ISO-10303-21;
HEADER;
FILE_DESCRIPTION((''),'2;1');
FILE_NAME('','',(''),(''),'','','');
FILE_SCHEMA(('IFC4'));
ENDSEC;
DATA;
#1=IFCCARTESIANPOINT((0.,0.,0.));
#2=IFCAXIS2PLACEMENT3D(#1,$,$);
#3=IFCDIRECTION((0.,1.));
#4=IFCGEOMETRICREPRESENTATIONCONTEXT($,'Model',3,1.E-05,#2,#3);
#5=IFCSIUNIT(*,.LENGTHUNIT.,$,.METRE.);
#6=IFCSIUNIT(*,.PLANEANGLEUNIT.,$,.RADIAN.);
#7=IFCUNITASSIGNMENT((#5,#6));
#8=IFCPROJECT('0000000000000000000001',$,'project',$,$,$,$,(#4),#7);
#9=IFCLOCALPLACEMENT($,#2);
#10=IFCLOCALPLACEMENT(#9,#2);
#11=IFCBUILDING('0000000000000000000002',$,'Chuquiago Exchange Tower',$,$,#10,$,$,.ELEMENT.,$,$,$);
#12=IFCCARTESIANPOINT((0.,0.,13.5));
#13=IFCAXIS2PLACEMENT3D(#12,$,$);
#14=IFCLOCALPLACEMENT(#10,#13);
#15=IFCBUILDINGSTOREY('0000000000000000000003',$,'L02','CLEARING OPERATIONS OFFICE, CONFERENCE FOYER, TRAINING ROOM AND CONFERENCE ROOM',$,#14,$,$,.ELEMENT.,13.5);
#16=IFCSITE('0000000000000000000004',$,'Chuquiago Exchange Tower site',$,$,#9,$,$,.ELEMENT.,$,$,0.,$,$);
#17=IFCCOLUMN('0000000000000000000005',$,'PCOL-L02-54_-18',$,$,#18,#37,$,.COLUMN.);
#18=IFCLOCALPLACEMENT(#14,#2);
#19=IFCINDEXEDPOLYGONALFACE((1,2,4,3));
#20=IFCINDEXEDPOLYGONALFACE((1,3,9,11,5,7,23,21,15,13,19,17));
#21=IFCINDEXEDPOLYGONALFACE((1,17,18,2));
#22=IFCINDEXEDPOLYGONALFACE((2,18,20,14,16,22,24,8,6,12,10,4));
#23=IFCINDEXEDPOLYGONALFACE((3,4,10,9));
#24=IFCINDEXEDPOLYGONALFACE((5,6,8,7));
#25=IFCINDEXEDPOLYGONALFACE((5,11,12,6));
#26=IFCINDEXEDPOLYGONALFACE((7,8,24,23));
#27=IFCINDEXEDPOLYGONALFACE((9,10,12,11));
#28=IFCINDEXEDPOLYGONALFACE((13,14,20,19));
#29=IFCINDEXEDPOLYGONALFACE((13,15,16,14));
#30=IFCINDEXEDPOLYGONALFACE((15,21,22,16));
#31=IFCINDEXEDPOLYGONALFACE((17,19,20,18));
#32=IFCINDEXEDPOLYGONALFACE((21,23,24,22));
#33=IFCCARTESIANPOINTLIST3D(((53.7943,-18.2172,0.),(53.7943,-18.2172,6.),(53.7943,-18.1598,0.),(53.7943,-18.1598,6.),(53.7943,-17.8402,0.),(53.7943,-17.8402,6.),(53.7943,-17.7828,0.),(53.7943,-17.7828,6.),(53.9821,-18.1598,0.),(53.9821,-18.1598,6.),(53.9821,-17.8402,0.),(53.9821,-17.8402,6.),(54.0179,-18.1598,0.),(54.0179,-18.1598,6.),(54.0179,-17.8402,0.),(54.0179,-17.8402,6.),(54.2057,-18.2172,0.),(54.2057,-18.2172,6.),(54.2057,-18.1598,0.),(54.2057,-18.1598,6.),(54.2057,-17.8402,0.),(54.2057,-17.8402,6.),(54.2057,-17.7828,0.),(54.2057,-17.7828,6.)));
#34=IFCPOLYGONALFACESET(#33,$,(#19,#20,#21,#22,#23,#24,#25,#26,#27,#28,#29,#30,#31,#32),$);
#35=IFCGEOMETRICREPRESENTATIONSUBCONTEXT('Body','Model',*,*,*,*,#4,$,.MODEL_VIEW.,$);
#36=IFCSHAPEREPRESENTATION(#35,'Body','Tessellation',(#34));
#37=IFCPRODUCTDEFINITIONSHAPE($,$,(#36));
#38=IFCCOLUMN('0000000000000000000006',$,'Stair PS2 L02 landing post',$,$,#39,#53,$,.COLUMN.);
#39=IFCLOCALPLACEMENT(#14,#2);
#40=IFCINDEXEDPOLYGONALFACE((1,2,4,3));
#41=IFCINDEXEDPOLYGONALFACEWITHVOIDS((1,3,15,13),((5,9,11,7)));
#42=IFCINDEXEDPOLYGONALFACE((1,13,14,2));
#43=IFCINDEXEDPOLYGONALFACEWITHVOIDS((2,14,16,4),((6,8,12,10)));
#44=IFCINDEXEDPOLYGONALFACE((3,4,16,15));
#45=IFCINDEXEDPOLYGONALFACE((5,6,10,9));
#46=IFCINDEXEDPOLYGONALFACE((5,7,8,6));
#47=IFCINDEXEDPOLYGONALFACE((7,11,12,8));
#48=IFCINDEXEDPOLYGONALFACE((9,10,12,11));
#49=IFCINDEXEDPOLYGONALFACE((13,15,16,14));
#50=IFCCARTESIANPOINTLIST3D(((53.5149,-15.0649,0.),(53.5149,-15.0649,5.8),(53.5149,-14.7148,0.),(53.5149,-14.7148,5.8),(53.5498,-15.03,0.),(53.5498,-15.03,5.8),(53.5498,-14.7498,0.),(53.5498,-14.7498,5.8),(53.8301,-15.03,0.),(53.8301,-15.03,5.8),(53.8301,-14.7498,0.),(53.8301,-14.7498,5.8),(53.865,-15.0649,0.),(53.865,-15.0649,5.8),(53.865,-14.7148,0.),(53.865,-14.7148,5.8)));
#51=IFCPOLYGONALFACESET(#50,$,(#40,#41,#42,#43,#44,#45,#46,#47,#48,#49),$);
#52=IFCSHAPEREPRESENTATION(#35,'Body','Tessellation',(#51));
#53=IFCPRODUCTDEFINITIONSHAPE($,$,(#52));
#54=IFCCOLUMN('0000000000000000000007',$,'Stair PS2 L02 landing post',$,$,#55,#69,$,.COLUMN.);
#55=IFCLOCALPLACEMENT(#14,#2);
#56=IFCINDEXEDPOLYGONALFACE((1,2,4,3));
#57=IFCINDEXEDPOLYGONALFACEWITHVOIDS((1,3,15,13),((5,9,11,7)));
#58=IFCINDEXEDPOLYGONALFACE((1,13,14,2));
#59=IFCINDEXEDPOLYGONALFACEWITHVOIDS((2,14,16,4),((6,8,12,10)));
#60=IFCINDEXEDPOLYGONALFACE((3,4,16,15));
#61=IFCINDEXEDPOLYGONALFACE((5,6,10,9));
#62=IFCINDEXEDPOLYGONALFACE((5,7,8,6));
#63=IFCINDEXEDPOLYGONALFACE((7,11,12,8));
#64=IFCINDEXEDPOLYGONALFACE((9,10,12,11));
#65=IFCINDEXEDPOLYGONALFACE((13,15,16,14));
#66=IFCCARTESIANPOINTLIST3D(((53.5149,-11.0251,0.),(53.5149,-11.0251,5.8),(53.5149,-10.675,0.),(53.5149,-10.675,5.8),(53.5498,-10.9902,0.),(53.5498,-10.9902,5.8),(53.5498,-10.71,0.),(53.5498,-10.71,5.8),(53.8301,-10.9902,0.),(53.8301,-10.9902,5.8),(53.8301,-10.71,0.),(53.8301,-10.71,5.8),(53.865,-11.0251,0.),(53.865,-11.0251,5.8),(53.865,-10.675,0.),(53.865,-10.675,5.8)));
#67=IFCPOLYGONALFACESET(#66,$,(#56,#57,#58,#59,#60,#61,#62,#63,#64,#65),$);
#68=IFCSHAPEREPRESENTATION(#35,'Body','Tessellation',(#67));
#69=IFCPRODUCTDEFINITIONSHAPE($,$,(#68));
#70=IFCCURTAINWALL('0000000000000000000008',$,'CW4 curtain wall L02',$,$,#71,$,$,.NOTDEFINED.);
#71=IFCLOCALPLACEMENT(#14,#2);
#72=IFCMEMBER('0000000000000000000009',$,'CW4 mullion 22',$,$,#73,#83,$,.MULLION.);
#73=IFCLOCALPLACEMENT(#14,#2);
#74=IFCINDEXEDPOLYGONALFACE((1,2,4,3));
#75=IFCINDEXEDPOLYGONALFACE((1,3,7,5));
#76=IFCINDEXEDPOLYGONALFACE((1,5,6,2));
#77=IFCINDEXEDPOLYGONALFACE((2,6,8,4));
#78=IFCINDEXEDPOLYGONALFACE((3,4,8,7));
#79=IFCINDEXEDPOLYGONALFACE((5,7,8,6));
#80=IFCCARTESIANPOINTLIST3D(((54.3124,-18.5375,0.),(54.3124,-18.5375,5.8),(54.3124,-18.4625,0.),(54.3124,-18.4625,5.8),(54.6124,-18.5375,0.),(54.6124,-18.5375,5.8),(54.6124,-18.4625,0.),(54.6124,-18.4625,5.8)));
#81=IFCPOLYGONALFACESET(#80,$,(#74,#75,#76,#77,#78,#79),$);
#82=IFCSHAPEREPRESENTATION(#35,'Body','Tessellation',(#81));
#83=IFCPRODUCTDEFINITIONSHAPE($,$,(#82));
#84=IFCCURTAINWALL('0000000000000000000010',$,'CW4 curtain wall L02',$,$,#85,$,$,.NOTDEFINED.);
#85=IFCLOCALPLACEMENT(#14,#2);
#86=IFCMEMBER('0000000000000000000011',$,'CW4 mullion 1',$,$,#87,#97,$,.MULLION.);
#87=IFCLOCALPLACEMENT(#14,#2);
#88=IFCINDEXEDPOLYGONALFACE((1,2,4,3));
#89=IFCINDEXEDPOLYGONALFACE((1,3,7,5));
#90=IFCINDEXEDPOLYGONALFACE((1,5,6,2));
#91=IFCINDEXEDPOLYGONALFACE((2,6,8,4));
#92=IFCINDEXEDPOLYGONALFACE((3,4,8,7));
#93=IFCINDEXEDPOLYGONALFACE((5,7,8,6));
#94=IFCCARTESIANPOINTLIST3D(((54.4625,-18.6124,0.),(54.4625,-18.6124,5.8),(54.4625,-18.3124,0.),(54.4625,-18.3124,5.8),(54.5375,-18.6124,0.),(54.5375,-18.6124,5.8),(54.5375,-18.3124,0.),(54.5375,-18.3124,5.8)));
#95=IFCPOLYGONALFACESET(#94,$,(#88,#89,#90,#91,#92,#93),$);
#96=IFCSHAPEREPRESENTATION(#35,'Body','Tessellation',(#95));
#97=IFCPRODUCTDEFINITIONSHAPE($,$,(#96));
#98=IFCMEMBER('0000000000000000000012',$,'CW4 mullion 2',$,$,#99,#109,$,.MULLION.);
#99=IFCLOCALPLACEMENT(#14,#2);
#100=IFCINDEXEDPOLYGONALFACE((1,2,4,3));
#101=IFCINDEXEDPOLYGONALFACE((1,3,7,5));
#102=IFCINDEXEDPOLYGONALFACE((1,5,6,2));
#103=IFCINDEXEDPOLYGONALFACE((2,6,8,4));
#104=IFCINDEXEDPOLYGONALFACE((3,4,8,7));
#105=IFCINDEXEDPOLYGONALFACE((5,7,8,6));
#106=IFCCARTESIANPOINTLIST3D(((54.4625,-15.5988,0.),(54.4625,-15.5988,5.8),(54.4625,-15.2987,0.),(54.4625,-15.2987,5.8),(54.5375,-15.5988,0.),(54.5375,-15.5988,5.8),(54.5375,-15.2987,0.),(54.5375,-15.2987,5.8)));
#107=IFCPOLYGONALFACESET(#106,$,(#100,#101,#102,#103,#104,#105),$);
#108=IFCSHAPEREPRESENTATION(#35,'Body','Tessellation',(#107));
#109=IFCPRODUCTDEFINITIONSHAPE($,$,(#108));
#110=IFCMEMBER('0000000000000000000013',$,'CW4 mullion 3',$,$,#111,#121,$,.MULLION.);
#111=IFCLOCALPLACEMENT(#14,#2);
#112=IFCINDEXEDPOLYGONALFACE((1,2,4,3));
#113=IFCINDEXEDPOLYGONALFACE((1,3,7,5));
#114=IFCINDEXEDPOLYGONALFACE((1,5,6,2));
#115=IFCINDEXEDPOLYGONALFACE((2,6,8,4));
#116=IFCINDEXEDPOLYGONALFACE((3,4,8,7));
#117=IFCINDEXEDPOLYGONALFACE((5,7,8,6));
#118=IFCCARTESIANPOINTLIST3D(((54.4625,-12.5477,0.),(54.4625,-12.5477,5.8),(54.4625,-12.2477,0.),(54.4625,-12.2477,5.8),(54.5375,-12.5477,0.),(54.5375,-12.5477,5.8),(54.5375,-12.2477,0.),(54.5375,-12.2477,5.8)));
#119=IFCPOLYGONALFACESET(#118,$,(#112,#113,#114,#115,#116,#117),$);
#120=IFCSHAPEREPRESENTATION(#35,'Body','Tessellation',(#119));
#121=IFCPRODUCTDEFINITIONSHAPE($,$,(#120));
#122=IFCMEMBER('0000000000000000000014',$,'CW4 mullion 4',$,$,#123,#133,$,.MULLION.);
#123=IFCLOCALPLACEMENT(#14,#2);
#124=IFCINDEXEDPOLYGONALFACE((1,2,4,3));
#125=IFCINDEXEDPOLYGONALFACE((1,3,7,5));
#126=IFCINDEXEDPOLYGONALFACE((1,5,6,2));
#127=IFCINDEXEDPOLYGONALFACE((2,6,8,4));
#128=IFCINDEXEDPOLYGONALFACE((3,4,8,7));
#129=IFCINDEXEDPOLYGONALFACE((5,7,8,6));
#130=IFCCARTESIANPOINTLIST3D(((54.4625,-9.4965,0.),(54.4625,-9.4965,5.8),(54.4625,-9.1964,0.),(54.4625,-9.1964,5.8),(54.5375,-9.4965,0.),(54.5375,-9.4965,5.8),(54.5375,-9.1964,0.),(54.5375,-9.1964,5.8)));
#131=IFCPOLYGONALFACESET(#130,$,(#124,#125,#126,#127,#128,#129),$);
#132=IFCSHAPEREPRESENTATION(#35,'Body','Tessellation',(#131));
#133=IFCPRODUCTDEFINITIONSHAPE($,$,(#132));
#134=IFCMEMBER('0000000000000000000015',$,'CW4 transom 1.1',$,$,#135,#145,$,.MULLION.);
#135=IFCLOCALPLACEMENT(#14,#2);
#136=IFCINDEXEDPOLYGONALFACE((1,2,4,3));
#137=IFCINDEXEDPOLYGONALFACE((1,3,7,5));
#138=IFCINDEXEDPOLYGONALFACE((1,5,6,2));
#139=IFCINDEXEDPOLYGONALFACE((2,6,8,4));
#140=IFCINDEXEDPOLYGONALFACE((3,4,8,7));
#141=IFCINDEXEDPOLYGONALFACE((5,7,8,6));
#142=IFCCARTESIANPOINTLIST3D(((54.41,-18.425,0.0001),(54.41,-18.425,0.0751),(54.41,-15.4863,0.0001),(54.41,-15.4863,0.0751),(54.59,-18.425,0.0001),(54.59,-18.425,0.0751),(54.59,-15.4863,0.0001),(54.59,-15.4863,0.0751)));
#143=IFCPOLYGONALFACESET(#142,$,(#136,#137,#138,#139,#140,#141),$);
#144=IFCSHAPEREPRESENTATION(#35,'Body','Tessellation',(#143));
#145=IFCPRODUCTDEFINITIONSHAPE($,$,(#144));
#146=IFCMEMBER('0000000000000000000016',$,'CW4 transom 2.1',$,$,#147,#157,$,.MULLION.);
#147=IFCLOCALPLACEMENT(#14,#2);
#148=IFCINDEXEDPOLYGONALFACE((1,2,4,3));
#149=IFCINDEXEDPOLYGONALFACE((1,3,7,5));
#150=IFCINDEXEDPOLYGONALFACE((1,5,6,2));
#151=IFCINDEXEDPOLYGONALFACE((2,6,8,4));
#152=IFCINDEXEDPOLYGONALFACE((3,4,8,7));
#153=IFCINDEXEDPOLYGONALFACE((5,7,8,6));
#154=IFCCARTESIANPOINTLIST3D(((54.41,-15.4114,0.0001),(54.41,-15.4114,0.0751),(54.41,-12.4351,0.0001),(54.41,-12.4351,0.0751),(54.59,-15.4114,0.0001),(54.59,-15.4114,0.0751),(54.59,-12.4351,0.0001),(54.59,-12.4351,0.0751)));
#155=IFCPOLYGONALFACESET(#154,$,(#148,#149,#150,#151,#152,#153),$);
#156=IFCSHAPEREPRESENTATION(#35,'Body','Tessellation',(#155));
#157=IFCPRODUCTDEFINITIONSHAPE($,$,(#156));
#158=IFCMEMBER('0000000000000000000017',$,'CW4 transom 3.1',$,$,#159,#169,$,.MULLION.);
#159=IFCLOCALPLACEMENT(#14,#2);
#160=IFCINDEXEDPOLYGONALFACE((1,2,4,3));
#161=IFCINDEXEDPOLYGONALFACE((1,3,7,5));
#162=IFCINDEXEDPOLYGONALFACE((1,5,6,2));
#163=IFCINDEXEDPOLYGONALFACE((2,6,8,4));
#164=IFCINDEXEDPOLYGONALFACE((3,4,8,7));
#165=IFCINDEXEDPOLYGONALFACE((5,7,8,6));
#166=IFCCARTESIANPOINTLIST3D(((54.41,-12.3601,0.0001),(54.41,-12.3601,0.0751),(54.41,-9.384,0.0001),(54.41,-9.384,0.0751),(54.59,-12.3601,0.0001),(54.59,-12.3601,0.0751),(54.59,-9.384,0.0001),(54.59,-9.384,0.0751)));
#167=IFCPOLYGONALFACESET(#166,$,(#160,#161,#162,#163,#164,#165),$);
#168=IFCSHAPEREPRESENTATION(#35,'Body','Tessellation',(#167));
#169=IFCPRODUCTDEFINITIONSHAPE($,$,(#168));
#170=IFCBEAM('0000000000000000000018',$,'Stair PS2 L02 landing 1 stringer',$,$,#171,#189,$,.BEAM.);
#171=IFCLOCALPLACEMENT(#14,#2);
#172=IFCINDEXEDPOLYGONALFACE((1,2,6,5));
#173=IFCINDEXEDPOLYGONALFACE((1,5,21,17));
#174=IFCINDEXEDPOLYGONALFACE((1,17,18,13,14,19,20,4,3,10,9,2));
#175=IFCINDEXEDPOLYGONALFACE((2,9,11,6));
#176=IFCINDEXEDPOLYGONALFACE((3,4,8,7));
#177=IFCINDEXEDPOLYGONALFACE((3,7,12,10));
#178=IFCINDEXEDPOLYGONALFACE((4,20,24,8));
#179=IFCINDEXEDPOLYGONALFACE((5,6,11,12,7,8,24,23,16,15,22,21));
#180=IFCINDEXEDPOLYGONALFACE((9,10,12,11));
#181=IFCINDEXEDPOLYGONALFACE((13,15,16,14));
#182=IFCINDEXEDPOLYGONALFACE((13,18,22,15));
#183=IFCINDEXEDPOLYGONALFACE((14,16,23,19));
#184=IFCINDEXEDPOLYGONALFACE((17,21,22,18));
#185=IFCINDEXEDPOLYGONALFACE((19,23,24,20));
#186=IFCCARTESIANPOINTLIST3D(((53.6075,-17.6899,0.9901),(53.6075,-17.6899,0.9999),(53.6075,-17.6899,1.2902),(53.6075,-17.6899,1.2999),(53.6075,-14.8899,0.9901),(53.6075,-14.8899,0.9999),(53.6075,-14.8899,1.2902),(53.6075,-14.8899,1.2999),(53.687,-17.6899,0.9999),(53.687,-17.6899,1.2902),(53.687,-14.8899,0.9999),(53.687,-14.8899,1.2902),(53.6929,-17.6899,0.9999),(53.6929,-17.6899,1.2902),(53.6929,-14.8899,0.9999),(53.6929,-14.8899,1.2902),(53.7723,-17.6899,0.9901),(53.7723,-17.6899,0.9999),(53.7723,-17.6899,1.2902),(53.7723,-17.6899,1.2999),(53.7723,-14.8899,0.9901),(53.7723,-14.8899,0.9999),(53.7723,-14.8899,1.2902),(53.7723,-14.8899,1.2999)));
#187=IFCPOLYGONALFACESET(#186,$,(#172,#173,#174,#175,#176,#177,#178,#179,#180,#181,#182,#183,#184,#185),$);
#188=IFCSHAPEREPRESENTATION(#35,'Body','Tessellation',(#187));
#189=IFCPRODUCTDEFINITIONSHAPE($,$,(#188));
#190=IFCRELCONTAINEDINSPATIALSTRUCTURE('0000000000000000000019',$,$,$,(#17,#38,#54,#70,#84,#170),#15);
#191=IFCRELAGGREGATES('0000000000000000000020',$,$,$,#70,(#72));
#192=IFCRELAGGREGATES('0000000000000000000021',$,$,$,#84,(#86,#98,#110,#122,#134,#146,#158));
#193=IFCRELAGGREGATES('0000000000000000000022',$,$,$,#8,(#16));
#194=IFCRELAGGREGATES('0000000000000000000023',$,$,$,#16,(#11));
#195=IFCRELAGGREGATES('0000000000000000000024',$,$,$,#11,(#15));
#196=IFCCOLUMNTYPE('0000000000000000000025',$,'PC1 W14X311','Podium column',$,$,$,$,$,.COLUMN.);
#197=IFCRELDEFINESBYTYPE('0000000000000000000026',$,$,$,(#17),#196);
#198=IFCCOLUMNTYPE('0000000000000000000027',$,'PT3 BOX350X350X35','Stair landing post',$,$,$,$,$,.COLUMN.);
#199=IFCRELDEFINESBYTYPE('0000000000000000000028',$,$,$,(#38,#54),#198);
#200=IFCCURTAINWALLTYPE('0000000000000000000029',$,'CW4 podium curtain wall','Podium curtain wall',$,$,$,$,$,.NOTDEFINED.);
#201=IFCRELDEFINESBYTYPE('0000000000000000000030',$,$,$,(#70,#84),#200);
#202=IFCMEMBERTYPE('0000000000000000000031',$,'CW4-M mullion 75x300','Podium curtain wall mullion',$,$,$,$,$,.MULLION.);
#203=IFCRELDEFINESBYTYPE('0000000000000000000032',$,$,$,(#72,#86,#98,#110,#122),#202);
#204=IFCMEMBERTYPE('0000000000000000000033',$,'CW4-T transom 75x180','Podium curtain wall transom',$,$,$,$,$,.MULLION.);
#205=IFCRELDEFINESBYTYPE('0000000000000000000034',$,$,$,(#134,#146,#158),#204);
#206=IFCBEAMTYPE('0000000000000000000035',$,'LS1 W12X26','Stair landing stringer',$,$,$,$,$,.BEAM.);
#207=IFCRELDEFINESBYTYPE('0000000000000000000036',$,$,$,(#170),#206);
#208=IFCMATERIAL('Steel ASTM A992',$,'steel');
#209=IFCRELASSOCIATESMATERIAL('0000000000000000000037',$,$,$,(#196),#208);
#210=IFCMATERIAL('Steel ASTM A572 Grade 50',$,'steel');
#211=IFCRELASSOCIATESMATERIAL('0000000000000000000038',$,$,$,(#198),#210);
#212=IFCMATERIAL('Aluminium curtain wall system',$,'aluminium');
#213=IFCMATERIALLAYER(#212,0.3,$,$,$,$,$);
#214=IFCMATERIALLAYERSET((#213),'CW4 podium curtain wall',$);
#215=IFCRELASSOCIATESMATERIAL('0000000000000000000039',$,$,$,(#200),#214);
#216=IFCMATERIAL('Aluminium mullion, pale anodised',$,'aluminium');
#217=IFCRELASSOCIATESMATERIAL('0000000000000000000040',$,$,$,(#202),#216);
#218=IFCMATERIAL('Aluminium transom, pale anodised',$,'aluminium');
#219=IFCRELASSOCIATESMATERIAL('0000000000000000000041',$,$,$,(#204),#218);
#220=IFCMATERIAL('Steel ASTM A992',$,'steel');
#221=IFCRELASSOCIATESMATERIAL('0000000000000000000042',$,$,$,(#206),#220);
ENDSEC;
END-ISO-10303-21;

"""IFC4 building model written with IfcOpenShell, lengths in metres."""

from ifc_helpers import new_model, si_unit, direction, frame, origin, origin_2d, place, context, subcontext, project, spatial, rectangle, hollow_rectangle, i_section, extrude, material, layer, layer_set, material_profile, profile_set, type_object, element, aggregate, save


model = new_model("IFC4")

# Units and contexts
model_context = context("Model", 3, precision=1e-05, world=origin(), true_north=direction((0.0, 1.0)))
body_context = subcontext(model_context, "Body", "Model", "MODEL_VIEW")
ifc_project = project(units=[si_unit("LENGTHUNIT", "METRE"), si_unit("PLANEANGLEUNIT", "RADIAN")], contexts=[model_context])

# Site, building, storey
site_placement = place(None, origin())
site = spatial("IfcSite", under=ifc_project, at=site_placement, Name="Chuquiago Exchange Tower site", CompositionType="ELEMENT", RefElevation=0.0)
building_placement = place(site_placement, origin())
building = spatial("IfcBuilding", under=site, at=building_placement, Name="Chuquiago Exchange Tower", CompositionType="ELEMENT")
storey_placement = place(building_placement, frame((0.0, 0.0, 13.5)))
storey = spatial("IfcBuildingStorey", under=building, at=storey_placement, Name="L02", Description="CLEARING OPERATIONS OFFICE, CONFERENCE FOYER, TRAINING ROOM AND CONFERENCE ROOM", CompositionType="ELEMENT", Elevation=13.5)

# Columns
ifc_material_1 = material(Name="Steel ASTM A992", Category="steel")
ifc_material_profile_1 = material_profile(ifc_material_1, i_section(OverallWidth=0.4114, OverallDepth=0.4343, WebThickness=0.0359, FlangeThickness=0.0574, at=origin_2d()), Name="W14X311")
ifc_profile_set_1 = profile_set([ifc_material_profile_1], Name="Steel ASTM A992")
column_type_1 = type_object("IfcColumnType", Name="PC1 W14X311", Description="Podium column", PredefinedType="COLUMN", material=ifc_profile_set_1)
column_placement = place(storey_placement, frame((54.0, -18.0, 0.0), z_axis=(0.0, 0.0, 1.0), x_axis=(1.0, 0.0, 0.0)))
element("IfcColumn", 1, at=column_placement, inside=storey, type_object=column_type_1, Name="PCOL-L02-54_-18", PredefinedType="COLUMN", context=body_context, shape_type="SweptSolid", body=[
    extrude(i_section(OverallWidth=0.4114, OverallDepth=0.4343, WebThickness=0.0359, FlangeThickness=0.0574, at=origin_2d()), origin(), (0.0, 0.0, 1.0), 6.0),
])
ifc_material_2 = material(Name="Steel ASTM A572 Grade 50", Category="steel")
ifc_material_profile_2 = material_profile(ifc_material_2, hollow_rectangle(XDim=0.3501, YDim=0.3501, WallThickness=0.0349, at=origin_2d()), Name="BOX350X350X35")
ifc_profile_set_2 = profile_set([ifc_material_profile_2], Name="Steel ASTM A572 Grade 50")
column_type_2 = type_object("IfcColumnType", Name="PT3 BOX350X350X35", Description="Stair landing post", PredefinedType="COLUMN", material=ifc_profile_set_2)
for number, where, z_axis, x_axis, name in (
    (2, (53.6899, -14.8899, 0.0), (0.0, 0.0, 1.0), (1.0, 0.0, 0.0), "Stair PS2 L02 landing post"),
    (3, (53.6899, -10.8501, 0.0), (0.0, 0.0, 1.0), (1.0, 0.0, 0.0), "Stair PS2 L02 landing post"),
):
    element("IfcColumn", number, at=place(storey_placement, frame(where, z_axis=z_axis, x_axis=x_axis)), inside=storey, type_object=column_type_2, Name=name, PredefinedType="COLUMN", context=body_context, shape_type="SweptSolid", body=[
        extrude(hollow_rectangle(XDim=0.3501, YDim=0.3501, WallThickness=0.0349, at=origin_2d()), origin(), (0.0, 0.0, 1.0), 5.8),
    ])

# Curtain wall, member
ifc_material_3 = material(Name="Aluminium curtain wall system", Category="aluminium")
ifc_layer_1 = layer(ifc_material_3, 0.3)
ifc_layer_set_1 = layer_set([ifc_layer_1], Name="CW4 podium curtain wall")
curtain_wall_type = type_object("IfcCurtainWallType", Name="CW4 podium curtain wall", Description="Podium curtain wall", PredefinedType="NOTDEFINED", material=ifc_layer_set_1)
curtain_wall_1_placement = place(storey_placement, origin())
curtain_wall_1 = element("IfcCurtainWall", 4, at=curtain_wall_1_placement, inside=storey, type_object=curtain_wall_type, Name="CW4 curtain wall L02", PredefinedType="NOTDEFINED")
ifc_material_4 = material(Name="Aluminium mullion, pale anodised", Category="aluminium")
ifc_material_profile_3 = material_profile(ifc_material_4, rectangle(XDim=0.075, YDim=0.3, at=origin_2d()), Name="AL 75x300")
ifc_profile_set_3 = profile_set([ifc_material_profile_3], Name="Aluminium mullion, pale anodised")
member_type_1 = type_object("IfcMemberType", Name="CW4-M mullion 75x300", Description="Podium curtain wall mullion", PredefinedType="MULLION", material=ifc_profile_set_3)
member_1_placement = place(storey_placement, frame((54.4624, -18.5, 0.0), z_axis=(0.0, 0.0, 1.0), x_axis=(0.0, 1.0, 0.0)))
member_1 = element("IfcMember", 5, at=member_1_placement, type_object=member_type_1, Name="CW4 mullion 22", PredefinedType="MULLION", context=body_context, shape_type="SweptSolid", body=[
    extrude(rectangle(XDim=0.075, YDim=0.3, at=origin_2d()), origin(), (0.0, 0.0, 1.0), 5.8),
])

# Curtain wall, members
curtain_wall_2_placement = place(storey_placement, origin())
curtain_wall_2 = element("IfcCurtainWall", 6, at=curtain_wall_2_placement, inside=storey, type_object=curtain_wall_type, Name="CW4 curtain wall L02", PredefinedType="NOTDEFINED")
member_2_placement = place(storey_placement, frame((54.5, -18.4624, 0.0), z_axis=(0.0, 0.0, 1.0), x_axis=(-1.0, 0.0, 0.0)))
member_2 = element("IfcMember", 7, at=member_2_placement, type_object=member_type_1, Name="CW4 mullion 1", PredefinedType="MULLION", context=body_context, shape_type="SweptSolid", body=[
    extrude(rectangle(XDim=0.075, YDim=0.3, at=origin_2d()), origin(), (0.0, 0.0, 1.0), 5.8),
])
member_3_placement = place(storey_placement, frame((54.5, -15.4487, 0.0), z_axis=(0.0, 0.0, 1.0), x_axis=(-1.0, 0.0, 0.0)))
member_3 = element("IfcMember", 8, at=member_3_placement, type_object=member_type_1, Name="CW4 mullion 2", PredefinedType="MULLION", context=body_context, shape_type="SweptSolid", body=[
    extrude(rectangle(XDim=0.075, YDim=0.3, at=origin_2d()), origin(), (0.0, 0.0, 1.0), 5.8),
])
member_4_placement = place(storey_placement, frame((54.5, -12.3977, 0.0), z_axis=(0.0, 0.0, 1.0), x_axis=(-1.0, 0.0, 0.0)))
member_4 = element("IfcMember", 9, at=member_4_placement, type_object=member_type_1, Name="CW4 mullion 3", PredefinedType="MULLION", context=body_context, shape_type="SweptSolid", body=[
    extrude(rectangle(XDim=0.075, YDim=0.3, at=origin_2d()), origin(), (0.0, 0.0, 1.0), 5.8),
])
member_5_placement = place(storey_placement, frame((54.5, -9.3464, 0.0), z_axis=(0.0, 0.0, 1.0), x_axis=(-1.0, 0.0, 0.0)))
member_5 = element("IfcMember", 10, at=member_5_placement, type_object=member_type_1, Name="CW4 mullion 4", PredefinedType="MULLION", context=body_context, shape_type="SweptSolid", body=[
    extrude(rectangle(XDim=0.075, YDim=0.3, at=origin_2d()), origin(), (0.0, 0.0, 1.0), 5.8),
])
ifc_material_5 = material(Name="Aluminium transom, pale anodised", Category="aluminium")
ifc_material_profile_4 = material_profile(ifc_material_5, rectangle(XDim=0.1799, YDim=0.075, at=origin_2d()), Name="AL 180x75")
ifc_profile_set_4 = profile_set([ifc_material_profile_4], Name="Aluminium transom, pale anodised")
member_type_2 = type_object("IfcMemberType", Name="CW4-T transom 75x180", Description="Podium curtain wall transom", PredefinedType="MULLION", material=ifc_profile_set_4)
member_6_placement = place(storey_placement, frame((54.5, -18.425, 0.0376), z_axis=(0.0, 1.0, 0.0), x_axis=(-1.0, 0.0, 0.0)))
member_6 = element("IfcMember", 11, at=member_6_placement, type_object=member_type_2, Name="CW4 transom 1.1", PredefinedType="MULLION", context=body_context, shape_type="SweptSolid", body=[
    extrude(rectangle(XDim=0.1799, YDim=0.075, at=origin_2d()), origin(), (0.0, 0.0, 1.0), 2.9387),
])
member_7_placement = place(storey_placement, frame((54.5, -15.4114, 0.0376), z_axis=(0.0, 1.0, 0.0), x_axis=(-1.0, 0.0, 0.0)))
member_7 = element("IfcMember", 12, at=member_7_placement, type_object=member_type_2, Name="CW4 transom 2.1", PredefinedType="MULLION", context=body_context, shape_type="SweptSolid", body=[
    extrude(rectangle(XDim=0.1799, YDim=0.075, at=origin_2d()), origin(), (0.0, 0.0, 1.0), 2.9763),
])
member_8_placement = place(storey_placement, frame((54.5, -12.3601, 0.0376), z_axis=(0.0, 1.0, 0.0), x_axis=(-1.0, 0.0, 0.0)))
member_8 = element("IfcMember", 13, at=member_8_placement, type_object=member_type_2, Name="CW4 transom 3.1", PredefinedType="MULLION", context=body_context, shape_type="SweptSolid", body=[
    extrude(rectangle(XDim=0.1799, YDim=0.075, at=origin_2d()), origin(), (0.0, 0.0, 1.0), 2.9761),
])

# Beam
ifc_material_6 = material(Name="Steel ASTM A992", Category="steel")
ifc_material_profile_5 = material_profile(ifc_material_6, i_section(OverallWidth=0.1648, OverallDepth=0.3098, WebThickness=0.0059, FlangeThickness=0.0098, at=origin_2d()), Name="W12X26")
ifc_profile_set_5 = profile_set([ifc_material_profile_5], Name="Steel ASTM A992")
beam_type_1 = type_object("IfcBeamType", Name="LS1 W12X26", Description="Stair landing stringer", PredefinedType="BEAM", material=ifc_profile_set_5)
beam_1_placement = place(storey_placement, frame((53.6899, -17.6899, 1.145), z_axis=(0.0, 1.0, 0.0), x_axis=(-1.0, 0.0, 0.0)))
element("IfcBeam", 14, at=beam_1_placement, inside=storey, type_object=beam_type_1, Name="Stair PS2 L02 landing 1 stringer", PredefinedType="BEAM", context=body_context, shape_type="SweptSolid", body=[
    extrude(i_section(OverallWidth=0.1648, OverallDepth=0.3098, WebThickness=0.0059, FlangeThickness=0.0098, at=origin_2d()), origin(), (0.0, 0.0, 1.0), 2.8),
])

aggregate(curtain_wall_1, [member_1])
aggregate(curtain_wall_2, [member_2, member_3, member_4, member_5, member_6, member_7, member_8])

save(model, "model.ifc")
